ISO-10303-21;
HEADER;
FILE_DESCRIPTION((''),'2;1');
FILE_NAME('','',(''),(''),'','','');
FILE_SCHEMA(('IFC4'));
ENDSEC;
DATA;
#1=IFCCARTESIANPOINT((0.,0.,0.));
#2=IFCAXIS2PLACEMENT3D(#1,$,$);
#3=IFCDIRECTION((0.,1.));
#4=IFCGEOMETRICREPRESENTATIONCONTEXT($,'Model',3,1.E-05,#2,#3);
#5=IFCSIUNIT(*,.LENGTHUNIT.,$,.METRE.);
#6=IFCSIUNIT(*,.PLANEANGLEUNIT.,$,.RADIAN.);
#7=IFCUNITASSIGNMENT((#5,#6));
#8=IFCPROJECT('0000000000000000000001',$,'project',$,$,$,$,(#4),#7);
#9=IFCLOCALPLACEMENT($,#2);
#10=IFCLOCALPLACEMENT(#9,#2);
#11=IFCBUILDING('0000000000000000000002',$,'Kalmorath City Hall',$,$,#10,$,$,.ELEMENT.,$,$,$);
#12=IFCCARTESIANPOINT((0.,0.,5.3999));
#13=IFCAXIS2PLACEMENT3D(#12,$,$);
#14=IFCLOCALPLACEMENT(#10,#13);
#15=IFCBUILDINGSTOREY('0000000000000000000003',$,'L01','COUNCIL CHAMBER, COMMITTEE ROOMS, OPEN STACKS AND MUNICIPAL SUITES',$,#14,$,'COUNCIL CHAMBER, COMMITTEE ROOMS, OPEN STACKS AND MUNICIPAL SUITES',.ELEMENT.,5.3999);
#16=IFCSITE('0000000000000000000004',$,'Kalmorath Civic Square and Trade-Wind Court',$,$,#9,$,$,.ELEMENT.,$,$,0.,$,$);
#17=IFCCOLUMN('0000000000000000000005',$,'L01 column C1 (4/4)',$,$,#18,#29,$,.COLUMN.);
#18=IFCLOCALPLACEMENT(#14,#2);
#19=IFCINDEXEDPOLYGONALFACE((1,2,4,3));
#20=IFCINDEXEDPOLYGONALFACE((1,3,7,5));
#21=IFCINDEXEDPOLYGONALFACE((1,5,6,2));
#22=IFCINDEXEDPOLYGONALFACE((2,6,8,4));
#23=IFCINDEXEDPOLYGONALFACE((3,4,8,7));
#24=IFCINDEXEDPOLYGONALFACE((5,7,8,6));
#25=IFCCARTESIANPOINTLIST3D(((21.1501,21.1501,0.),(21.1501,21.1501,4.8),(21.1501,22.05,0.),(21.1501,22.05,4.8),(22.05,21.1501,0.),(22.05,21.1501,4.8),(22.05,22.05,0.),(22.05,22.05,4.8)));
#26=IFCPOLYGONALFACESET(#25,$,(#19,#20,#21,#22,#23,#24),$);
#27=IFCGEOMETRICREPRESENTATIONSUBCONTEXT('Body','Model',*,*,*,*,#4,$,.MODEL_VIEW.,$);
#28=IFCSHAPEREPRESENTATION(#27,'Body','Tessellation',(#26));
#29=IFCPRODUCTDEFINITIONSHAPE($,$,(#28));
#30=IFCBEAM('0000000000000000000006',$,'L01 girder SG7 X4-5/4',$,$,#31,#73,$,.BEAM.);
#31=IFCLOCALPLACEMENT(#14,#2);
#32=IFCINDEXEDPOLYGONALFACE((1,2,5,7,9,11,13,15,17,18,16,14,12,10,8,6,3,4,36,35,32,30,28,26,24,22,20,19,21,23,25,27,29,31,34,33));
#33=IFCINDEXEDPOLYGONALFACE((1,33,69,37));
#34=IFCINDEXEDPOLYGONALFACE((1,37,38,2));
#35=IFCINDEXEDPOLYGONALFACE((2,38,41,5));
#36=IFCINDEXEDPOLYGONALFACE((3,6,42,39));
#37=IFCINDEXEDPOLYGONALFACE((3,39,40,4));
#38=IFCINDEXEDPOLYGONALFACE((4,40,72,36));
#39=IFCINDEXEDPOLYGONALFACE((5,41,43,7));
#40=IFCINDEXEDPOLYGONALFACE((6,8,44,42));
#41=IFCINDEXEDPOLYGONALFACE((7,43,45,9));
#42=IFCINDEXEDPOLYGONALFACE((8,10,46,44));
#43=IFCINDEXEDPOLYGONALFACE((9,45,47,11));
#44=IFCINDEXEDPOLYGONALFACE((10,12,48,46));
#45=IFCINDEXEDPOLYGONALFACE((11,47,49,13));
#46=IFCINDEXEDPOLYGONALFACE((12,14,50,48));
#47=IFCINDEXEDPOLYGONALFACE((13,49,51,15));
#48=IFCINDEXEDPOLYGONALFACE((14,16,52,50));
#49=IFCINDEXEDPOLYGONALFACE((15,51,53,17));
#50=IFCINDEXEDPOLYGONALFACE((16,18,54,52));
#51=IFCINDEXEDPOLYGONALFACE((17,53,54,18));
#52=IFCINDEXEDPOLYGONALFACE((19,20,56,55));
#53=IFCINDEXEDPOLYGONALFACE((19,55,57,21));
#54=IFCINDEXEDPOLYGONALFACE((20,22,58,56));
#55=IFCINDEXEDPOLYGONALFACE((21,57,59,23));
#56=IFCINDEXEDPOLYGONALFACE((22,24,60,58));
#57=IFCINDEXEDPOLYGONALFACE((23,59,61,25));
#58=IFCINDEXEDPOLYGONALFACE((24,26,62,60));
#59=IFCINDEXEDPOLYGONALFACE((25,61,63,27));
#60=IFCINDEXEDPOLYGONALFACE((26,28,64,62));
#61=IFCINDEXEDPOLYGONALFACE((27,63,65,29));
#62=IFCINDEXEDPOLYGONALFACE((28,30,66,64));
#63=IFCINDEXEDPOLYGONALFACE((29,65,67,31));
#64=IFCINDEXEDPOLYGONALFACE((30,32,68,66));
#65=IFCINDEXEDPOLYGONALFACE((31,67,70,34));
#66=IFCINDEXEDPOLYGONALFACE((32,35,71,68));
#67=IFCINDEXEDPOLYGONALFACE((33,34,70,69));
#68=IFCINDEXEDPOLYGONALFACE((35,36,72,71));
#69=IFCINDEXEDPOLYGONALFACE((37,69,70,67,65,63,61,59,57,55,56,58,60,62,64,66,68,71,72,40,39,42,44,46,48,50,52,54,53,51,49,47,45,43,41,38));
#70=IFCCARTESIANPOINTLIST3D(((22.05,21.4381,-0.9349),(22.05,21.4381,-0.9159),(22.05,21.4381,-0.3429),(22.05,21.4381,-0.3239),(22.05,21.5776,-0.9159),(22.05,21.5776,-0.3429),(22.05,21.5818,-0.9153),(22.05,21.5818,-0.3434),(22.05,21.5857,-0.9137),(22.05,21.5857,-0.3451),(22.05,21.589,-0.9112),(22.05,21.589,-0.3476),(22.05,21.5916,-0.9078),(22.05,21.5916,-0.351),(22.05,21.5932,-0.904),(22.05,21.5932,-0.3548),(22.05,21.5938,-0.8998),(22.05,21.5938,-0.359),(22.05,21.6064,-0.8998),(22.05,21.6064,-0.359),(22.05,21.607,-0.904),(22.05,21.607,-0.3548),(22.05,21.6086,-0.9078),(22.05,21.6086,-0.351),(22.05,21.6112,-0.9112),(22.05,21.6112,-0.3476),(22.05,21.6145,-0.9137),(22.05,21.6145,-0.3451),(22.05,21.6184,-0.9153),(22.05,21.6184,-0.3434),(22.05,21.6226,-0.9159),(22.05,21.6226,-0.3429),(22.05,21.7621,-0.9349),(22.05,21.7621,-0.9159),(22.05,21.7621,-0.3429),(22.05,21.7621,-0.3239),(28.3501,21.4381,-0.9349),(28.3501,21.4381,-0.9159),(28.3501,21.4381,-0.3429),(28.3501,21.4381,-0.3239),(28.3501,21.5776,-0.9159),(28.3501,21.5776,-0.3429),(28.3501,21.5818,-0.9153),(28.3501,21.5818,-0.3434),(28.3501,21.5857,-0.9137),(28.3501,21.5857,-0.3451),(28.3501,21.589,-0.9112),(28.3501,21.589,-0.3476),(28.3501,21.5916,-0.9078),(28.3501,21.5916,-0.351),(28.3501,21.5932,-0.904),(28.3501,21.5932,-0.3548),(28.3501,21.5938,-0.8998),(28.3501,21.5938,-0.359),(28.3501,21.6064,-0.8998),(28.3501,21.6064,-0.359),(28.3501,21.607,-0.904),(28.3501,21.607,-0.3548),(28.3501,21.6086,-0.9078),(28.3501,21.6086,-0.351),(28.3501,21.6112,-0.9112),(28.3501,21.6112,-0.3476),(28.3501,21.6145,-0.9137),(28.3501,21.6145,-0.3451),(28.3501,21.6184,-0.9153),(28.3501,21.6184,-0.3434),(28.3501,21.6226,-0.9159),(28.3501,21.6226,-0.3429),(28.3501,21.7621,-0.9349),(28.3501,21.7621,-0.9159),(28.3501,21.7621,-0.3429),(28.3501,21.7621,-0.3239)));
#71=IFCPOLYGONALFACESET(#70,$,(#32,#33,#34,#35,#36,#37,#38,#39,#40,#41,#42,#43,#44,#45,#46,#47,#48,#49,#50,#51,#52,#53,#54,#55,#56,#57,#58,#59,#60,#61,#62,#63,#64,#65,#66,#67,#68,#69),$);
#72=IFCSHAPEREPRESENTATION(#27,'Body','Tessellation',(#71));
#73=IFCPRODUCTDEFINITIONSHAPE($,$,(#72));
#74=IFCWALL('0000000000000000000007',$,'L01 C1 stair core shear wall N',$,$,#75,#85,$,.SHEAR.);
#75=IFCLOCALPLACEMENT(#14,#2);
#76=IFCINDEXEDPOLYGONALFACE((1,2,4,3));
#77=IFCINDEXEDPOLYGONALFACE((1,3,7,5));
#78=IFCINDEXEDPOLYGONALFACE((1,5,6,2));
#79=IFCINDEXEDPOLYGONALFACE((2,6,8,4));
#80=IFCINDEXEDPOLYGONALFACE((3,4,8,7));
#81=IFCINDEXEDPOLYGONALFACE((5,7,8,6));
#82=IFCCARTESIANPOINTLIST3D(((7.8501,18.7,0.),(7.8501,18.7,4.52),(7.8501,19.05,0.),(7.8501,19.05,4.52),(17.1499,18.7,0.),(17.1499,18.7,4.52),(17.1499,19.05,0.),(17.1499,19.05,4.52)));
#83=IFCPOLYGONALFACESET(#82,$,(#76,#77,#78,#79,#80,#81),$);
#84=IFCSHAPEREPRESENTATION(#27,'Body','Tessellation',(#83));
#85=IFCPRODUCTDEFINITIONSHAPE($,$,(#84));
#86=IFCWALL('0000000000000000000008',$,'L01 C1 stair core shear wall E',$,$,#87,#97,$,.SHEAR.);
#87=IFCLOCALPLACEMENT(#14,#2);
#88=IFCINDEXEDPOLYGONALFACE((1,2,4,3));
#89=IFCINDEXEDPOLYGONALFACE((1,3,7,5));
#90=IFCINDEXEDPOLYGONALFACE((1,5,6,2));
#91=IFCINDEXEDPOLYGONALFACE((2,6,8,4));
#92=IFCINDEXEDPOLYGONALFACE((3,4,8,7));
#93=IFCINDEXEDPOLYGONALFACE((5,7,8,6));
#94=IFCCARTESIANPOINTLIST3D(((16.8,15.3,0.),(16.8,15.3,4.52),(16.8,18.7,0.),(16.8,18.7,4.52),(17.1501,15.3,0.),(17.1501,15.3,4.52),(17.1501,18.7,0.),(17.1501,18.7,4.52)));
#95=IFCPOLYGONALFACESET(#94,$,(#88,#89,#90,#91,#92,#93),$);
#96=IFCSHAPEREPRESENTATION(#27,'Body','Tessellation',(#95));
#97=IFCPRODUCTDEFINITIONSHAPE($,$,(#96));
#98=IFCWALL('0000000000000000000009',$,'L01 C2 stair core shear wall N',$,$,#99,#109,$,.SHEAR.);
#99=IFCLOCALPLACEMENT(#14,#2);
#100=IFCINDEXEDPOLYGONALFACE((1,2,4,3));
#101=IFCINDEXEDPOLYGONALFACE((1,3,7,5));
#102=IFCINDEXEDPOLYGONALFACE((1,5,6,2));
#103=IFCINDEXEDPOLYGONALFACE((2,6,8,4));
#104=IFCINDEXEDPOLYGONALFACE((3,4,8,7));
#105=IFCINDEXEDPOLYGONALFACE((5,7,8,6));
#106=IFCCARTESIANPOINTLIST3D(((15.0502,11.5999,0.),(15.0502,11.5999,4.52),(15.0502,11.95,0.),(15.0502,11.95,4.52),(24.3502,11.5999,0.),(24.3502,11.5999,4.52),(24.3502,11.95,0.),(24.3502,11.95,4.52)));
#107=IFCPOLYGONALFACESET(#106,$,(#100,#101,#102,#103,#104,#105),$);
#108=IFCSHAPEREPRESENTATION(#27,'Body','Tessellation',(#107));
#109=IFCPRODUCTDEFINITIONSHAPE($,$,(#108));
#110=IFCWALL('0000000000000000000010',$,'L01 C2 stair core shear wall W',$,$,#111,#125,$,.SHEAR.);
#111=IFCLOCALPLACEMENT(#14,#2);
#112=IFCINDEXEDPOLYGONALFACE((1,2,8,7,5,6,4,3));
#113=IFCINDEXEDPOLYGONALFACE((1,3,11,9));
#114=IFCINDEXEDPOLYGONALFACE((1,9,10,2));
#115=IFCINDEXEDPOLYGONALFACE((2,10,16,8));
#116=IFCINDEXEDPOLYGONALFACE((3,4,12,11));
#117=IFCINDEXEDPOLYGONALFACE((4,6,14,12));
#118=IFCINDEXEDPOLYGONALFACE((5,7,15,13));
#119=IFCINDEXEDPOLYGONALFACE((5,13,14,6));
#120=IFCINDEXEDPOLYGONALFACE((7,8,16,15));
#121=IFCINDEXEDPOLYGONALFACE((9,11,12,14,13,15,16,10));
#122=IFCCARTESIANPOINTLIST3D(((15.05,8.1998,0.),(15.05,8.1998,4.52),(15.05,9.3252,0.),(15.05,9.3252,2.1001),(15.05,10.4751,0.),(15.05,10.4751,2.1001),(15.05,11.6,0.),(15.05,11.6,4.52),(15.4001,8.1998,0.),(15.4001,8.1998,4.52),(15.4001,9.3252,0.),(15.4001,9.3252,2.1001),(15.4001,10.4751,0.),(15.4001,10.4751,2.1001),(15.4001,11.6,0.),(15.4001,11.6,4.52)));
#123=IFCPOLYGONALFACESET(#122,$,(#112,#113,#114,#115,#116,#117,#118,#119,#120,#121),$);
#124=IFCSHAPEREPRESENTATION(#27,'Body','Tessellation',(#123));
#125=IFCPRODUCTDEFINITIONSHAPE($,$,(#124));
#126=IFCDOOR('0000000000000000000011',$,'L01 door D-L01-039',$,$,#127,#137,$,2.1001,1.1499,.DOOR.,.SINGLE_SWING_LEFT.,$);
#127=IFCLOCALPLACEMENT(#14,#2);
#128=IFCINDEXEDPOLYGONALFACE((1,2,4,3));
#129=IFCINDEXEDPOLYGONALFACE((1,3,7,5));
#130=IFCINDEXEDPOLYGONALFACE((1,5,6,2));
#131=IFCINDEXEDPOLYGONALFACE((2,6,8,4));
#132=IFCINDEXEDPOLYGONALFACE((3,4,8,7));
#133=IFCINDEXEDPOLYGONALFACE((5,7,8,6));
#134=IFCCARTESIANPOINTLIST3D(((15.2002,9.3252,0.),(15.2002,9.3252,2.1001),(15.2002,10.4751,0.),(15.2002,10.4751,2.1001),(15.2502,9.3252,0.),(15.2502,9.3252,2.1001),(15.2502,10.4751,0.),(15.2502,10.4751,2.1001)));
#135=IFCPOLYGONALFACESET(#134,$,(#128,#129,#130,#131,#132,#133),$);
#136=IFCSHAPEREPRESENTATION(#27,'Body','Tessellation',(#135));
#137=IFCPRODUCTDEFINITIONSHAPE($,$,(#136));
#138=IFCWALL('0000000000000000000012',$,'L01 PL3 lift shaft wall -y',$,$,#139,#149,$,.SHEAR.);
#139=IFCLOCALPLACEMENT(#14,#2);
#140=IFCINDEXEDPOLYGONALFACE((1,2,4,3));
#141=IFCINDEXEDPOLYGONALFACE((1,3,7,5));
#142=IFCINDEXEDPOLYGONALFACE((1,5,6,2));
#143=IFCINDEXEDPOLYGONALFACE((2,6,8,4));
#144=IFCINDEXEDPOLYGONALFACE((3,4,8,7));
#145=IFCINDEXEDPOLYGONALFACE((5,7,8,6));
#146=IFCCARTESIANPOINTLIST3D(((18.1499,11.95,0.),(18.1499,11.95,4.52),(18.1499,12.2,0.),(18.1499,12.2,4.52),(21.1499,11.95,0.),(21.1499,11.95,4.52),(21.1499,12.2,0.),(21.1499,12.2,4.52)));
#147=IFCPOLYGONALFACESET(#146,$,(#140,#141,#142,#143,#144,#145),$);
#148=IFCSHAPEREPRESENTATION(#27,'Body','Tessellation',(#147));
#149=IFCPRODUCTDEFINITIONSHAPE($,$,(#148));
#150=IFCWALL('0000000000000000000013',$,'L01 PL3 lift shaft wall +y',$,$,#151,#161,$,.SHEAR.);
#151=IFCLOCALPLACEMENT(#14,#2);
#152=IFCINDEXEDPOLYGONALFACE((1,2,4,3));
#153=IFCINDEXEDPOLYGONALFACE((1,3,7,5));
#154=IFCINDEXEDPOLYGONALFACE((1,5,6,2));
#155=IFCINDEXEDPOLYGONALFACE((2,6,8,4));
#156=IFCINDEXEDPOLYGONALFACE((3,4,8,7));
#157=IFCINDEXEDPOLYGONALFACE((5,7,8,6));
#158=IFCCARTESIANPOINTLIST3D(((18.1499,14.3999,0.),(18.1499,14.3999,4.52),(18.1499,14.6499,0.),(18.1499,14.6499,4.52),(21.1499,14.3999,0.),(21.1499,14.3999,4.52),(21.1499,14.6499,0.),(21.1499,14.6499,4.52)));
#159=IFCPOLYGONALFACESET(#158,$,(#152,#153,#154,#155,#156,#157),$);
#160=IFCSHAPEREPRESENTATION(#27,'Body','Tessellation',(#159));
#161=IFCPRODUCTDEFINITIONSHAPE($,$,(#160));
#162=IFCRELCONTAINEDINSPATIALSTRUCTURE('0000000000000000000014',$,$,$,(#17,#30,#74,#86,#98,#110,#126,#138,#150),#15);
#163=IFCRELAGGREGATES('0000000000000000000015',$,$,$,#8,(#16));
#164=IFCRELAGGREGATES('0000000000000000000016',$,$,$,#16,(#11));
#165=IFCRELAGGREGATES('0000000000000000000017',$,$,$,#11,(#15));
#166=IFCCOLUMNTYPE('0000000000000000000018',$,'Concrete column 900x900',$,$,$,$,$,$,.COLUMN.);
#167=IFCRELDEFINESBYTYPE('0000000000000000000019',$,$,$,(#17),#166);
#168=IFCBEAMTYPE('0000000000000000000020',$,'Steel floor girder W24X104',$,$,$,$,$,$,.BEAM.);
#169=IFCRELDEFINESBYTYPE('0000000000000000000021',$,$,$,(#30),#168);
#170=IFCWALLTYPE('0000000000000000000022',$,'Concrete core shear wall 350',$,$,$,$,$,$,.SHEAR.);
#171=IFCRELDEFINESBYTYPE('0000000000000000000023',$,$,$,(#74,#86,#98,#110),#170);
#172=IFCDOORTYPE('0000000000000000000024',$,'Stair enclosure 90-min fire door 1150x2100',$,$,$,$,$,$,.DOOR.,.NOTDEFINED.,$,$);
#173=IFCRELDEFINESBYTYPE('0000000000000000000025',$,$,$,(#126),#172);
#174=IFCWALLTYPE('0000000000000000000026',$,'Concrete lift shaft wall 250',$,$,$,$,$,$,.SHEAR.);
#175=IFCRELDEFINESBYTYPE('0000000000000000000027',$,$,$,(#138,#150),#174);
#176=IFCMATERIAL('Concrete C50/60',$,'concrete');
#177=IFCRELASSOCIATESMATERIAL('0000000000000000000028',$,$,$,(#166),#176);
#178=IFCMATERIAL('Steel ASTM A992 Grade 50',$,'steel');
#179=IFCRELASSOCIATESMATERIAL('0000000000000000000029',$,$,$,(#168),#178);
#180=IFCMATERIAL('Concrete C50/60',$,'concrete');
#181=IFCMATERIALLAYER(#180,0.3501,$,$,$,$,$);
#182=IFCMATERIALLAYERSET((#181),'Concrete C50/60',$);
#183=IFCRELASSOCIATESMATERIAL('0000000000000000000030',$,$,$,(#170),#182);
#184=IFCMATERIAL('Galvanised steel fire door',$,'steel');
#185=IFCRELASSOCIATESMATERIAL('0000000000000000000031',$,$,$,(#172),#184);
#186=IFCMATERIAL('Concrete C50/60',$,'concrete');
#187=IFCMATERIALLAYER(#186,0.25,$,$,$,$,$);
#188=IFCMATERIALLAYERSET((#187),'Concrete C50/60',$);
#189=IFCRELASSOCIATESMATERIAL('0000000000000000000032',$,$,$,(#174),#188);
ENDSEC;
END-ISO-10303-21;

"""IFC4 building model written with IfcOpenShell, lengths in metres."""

from ifc_helpers import new_model, si_unit, direction, frame, frame_2d, origin, origin_2d, place, context, subcontext, project, spatial, rectangle, i_section, extrude, material, layer, layer_set, material_profile, profile_set, type_object, element, fill, save


model = new_model("IFC4")

# Units and contexts
model_context = context("Model", 3, precision=1e-05, world=origin(), true_north=direction((0.0, 1.0)))
body_context = subcontext(model_context, "Body", "Model", "MODEL_VIEW")
ifc_project = project(units=[si_unit("LENGTHUNIT", "METRE"), si_unit("PLANEANGLEUNIT", "RADIAN")], contexts=[model_context])

# Site, building, storey
site_placement = place(None, origin())
site = spatial("IfcSite", under=ifc_project, at=site_placement, Name="Kalmorath Civic Square and Trade-Wind Court", CompositionType="ELEMENT", RefElevation=0.0)
building_placement = place(site_placement, origin())
building = spatial("IfcBuilding", under=site, at=building_placement, Name="Kalmorath City Hall", CompositionType="ELEMENT")
storey_placement = place(building_placement, frame((0.0, 0.0, 5.3999)))
storey = spatial("IfcBuildingStorey", under=building, at=storey_placement, Name="L01", Description="COUNCIL CHAMBER, COMMITTEE ROOMS, OPEN STACKS AND MUNICIPAL SUITES", LongName="COUNCIL CHAMBER, COMMITTEE ROOMS, OPEN STACKS AND MUNICIPAL SUITES", CompositionType="ELEMENT", Elevation=5.3999)

# Column
ifc_material_1 = material(Name="Concrete C50/60", Category="concrete")
ifc_material_profile_1 = material_profile(ifc_material_1, rectangle(XDim=0.8999, YDim=0.8999, at=origin_2d()), Name="RC-COL-900X900")
ifc_profile_set_1 = profile_set([ifc_material_profile_1], Name="Concrete C50/60")
column_type = type_object("IfcColumnType", Name="Concrete column 900x900", PredefinedType="COLUMN", material=ifc_profile_set_1)
column_placement = place(storey_placement, frame((21.6001, 21.6001, 0.0), z_axis=(0.0, 0.0, 1.0), x_axis=(1.0, 0.0, 0.0)))
element("IfcColumn", 1, at=column_placement, inside=storey, type_object=column_type, Name="L01 column C1 (4/4)", PredefinedType="COLUMN", context=body_context, shape_type="SweptSolid", body=[
    extrude(rectangle(XDim=0.8999, YDim=0.8999, at=origin_2d()), origin(), (0.0, 0.0, 1.0), 4.8),
])

# Beam
ifc_material_2 = material(Name="Steel ASTM A992 Grade 50", Category="steel")
ifc_material_profile_2 = material_profile(ifc_material_2, i_section(OverallWidth=0.324, OverallDepth=0.6111, WebThickness=0.0127, FlangeThickness=0.019, FilletRadius=0.0161, at=origin_2d()), Name="W24X104")
ifc_profile_set_2 = profile_set([ifc_material_profile_2], Name="Steel ASTM A992 Grade 50")
beam_type = type_object("IfcBeamType", Name="Steel floor girder W24X104", PredefinedType="BEAM", material=ifc_profile_set_2)
beam_placement = place(storey_placement, frame((22.05, 21.6001, -0.6294), z_axis=(1.0, 0.0, 0.0), x_axis=(0.0, 1.0, 0.0)))
element("IfcBeam", 2, at=beam_placement, inside=storey, type_object=beam_type, Name="L01 girder SG7 X4-5/4", PredefinedType="BEAM", context=body_context, shape_type="SweptSolid", body=[
    extrude(i_section(OverallWidth=0.324, OverallDepth=0.6111, WebThickness=0.0127, FlangeThickness=0.019, FilletRadius=0.0161, at=origin_2d()), origin(), (0.0, 0.0, 1.0), 6.3),
])

# Walls
ifc_material_3 = material(Name="Concrete C50/60", Category="concrete")
ifc_layer_1 = layer(ifc_material_3, 0.3501)
ifc_layer_set_1 = layer_set([ifc_layer_1], Name="Concrete C50/60")
wall_type_1 = type_object("IfcWallType", Name="Concrete core shear wall 350", PredefinedType="SHEAR", material=ifc_layer_set_1)
wall_1_placement = place(storey_placement, frame((17.1499, 18.875, 0.0), z_axis=(0.0, 0.0, 1.0), x_axis=(-1.0, 0.0, 0.0)))
element("IfcWall", 3, at=wall_1_placement, inside=storey, type_object=wall_type_1, Name="L01 C1 stair core shear wall N", PredefinedType="SHEAR", context=body_context, shape_type="SweptSolid", body=[
    extrude(rectangle(XDim=9.2998, YDim=0.3501, at=frame_2d((4.6499, 0.0))), origin(), (0.0, 0.0, 1.0), 4.52),
])
wall_2_placement = place(storey_placement, frame((16.9751, 15.3, 0.0), z_axis=(0.0, 0.0, 1.0), x_axis=(0.0, 1.0, 0.0)))
element("IfcWall", 4, at=wall_2_placement, inside=storey, type_object=wall_type_1, Name="L01 C1 stair core shear wall E", PredefinedType="SHEAR", context=body_context, shape_type="SweptSolid", body=[
    extrude(rectangle(XDim=3.3999, YDim=0.3501, at=frame_2d((1.7, 0.0))), origin(), (0.0, 0.0, 1.0), 4.52),
])
wall_3_placement = place(storey_placement, frame((24.3501, 11.7749, 0.0), z_axis=(0.0, 0.0, 1.0), x_axis=(-1.0, 0.0, 0.0)))
element("IfcWall", 5, at=wall_3_placement, inside=storey, type_object=wall_type_1, Name="L01 C2 stair core shear wall N", PredefinedType="SHEAR", context=body_context, shape_type="SweptSolid", body=[
    extrude(rectangle(XDim=9.3, YDim=0.3501, at=frame_2d((4.6499, 0.0))), origin(), (0.0, 0.0, 1.0), 4.52),
])

# Wall, opening, door
wall_4_placement = place(storey_placement, frame((15.2251, 11.6001, 0.0), z_axis=(0.0, 0.0, 1.0), x_axis=(0.0, -1.0, 0.0)))
wall_4 = element("IfcWall", 6, at=wall_4_placement, inside=storey, type_object=wall_type_1, Name="L01 C2 stair core shear wall W", PredefinedType="SHEAR", context=body_context, shape_type="SweptSolid", body=[
    extrude(rectangle(XDim=3.4001, YDim=0.3501, at=frame_2d((1.7002, 0.0))), origin(), (0.0, 0.0, 1.0), 4.52),
])
opening_1_placement = place(wall_4_placement, frame((1.125, 0.0, 0.0)))
opening_1 = element("IfcOpeningElement", 7, at=opening_1_placement, cuts=wall_4, PredefinedType="OPENING", context=body_context, shape_type="SweptSolid", body=[
    extrude(rectangle(XDim=1.1499, YDim=2.1001, at=frame_2d((0.575, 1.05))), frame((0.0, 0.1851, 0.0), z_axis=(0.0, -1.0, 0.0), x_axis=(1.0, 0.0, 0.0)), (0.0, 0.0, 1.0), 0.3701),
])
ifc_material_4 = material(Name="Galvanised steel fire door", Category="steel")
door_type_1 = type_object("IfcDoorType", Name="Stair enclosure 90-min fire door 1150x2100", OperationType="NOTDEFINED", PredefinedType="DOOR", material=ifc_material_4)
door_1_placement = place(opening_1_placement, frame((1.1499, 0.0, 0.0), z_axis=(0.0, 0.0, 1.0), x_axis=(-1.0, 0.0, 0.0)))
door_1 = element("IfcDoor", 8, at=door_1_placement, inside=storey, type_object=door_type_1, Name="L01 door D-L01-039", OperationType="SINGLE_SWING_LEFT", OverallHeight=2.1001, OverallWidth=1.1499, PredefinedType="DOOR", context=body_context, shape_type="SweptSolid", body=[
    extrude(rectangle(XDim=1.1499, YDim=2.1001, at=frame_2d((0.575, 1.05))), frame((0.0, 0.0249, 0.0), z_axis=(0.0, -1.0, 0.0), x_axis=(1.0, 0.0, 0.0)), (0.0, 0.0, 1.0), 0.05),
])
fill(opening_1, door_1)

# Walls
ifc_material_5 = material(Name="Concrete C50/60", Category="concrete")
ifc_layer_2 = layer(ifc_material_5, 0.25)
ifc_layer_set_2 = layer_set([ifc_layer_2], Name="Concrete C50/60")
wall_type_2 = type_object("IfcWallType", Name="Concrete lift shaft wall 250", PredefinedType="SHEAR", material=ifc_layer_set_2)
for number, where, z_axis, x_axis, name in (
    (9, (18.1499, 12.075, 0.0), (0.0, 0.0, 1.0), (1.0, 0.0, 0.0), "L01 PL3 lift shaft wall -y"),
    (10, (21.1499, 14.5249, 0.0), (0.0, 0.0, 1.0), (-1.0, 0.0, 0.0), "L01 PL3 lift shaft wall +y"),
):
    element("IfcWall", number, at=place(storey_placement, frame(where, z_axis=z_axis, x_axis=x_axis)), inside=storey, type_object=wall_type_2, Name=name, PredefinedType="SHEAR", context=body_context, shape_type="SweptSolid", body=[
        extrude(rectangle(XDim=3.0, YDim=0.25, at=frame_2d((1.5, 0.0))), origin(), (0.0, 0.0, 1.0), 4.52),
    ])

save(model, "model.ifc")
